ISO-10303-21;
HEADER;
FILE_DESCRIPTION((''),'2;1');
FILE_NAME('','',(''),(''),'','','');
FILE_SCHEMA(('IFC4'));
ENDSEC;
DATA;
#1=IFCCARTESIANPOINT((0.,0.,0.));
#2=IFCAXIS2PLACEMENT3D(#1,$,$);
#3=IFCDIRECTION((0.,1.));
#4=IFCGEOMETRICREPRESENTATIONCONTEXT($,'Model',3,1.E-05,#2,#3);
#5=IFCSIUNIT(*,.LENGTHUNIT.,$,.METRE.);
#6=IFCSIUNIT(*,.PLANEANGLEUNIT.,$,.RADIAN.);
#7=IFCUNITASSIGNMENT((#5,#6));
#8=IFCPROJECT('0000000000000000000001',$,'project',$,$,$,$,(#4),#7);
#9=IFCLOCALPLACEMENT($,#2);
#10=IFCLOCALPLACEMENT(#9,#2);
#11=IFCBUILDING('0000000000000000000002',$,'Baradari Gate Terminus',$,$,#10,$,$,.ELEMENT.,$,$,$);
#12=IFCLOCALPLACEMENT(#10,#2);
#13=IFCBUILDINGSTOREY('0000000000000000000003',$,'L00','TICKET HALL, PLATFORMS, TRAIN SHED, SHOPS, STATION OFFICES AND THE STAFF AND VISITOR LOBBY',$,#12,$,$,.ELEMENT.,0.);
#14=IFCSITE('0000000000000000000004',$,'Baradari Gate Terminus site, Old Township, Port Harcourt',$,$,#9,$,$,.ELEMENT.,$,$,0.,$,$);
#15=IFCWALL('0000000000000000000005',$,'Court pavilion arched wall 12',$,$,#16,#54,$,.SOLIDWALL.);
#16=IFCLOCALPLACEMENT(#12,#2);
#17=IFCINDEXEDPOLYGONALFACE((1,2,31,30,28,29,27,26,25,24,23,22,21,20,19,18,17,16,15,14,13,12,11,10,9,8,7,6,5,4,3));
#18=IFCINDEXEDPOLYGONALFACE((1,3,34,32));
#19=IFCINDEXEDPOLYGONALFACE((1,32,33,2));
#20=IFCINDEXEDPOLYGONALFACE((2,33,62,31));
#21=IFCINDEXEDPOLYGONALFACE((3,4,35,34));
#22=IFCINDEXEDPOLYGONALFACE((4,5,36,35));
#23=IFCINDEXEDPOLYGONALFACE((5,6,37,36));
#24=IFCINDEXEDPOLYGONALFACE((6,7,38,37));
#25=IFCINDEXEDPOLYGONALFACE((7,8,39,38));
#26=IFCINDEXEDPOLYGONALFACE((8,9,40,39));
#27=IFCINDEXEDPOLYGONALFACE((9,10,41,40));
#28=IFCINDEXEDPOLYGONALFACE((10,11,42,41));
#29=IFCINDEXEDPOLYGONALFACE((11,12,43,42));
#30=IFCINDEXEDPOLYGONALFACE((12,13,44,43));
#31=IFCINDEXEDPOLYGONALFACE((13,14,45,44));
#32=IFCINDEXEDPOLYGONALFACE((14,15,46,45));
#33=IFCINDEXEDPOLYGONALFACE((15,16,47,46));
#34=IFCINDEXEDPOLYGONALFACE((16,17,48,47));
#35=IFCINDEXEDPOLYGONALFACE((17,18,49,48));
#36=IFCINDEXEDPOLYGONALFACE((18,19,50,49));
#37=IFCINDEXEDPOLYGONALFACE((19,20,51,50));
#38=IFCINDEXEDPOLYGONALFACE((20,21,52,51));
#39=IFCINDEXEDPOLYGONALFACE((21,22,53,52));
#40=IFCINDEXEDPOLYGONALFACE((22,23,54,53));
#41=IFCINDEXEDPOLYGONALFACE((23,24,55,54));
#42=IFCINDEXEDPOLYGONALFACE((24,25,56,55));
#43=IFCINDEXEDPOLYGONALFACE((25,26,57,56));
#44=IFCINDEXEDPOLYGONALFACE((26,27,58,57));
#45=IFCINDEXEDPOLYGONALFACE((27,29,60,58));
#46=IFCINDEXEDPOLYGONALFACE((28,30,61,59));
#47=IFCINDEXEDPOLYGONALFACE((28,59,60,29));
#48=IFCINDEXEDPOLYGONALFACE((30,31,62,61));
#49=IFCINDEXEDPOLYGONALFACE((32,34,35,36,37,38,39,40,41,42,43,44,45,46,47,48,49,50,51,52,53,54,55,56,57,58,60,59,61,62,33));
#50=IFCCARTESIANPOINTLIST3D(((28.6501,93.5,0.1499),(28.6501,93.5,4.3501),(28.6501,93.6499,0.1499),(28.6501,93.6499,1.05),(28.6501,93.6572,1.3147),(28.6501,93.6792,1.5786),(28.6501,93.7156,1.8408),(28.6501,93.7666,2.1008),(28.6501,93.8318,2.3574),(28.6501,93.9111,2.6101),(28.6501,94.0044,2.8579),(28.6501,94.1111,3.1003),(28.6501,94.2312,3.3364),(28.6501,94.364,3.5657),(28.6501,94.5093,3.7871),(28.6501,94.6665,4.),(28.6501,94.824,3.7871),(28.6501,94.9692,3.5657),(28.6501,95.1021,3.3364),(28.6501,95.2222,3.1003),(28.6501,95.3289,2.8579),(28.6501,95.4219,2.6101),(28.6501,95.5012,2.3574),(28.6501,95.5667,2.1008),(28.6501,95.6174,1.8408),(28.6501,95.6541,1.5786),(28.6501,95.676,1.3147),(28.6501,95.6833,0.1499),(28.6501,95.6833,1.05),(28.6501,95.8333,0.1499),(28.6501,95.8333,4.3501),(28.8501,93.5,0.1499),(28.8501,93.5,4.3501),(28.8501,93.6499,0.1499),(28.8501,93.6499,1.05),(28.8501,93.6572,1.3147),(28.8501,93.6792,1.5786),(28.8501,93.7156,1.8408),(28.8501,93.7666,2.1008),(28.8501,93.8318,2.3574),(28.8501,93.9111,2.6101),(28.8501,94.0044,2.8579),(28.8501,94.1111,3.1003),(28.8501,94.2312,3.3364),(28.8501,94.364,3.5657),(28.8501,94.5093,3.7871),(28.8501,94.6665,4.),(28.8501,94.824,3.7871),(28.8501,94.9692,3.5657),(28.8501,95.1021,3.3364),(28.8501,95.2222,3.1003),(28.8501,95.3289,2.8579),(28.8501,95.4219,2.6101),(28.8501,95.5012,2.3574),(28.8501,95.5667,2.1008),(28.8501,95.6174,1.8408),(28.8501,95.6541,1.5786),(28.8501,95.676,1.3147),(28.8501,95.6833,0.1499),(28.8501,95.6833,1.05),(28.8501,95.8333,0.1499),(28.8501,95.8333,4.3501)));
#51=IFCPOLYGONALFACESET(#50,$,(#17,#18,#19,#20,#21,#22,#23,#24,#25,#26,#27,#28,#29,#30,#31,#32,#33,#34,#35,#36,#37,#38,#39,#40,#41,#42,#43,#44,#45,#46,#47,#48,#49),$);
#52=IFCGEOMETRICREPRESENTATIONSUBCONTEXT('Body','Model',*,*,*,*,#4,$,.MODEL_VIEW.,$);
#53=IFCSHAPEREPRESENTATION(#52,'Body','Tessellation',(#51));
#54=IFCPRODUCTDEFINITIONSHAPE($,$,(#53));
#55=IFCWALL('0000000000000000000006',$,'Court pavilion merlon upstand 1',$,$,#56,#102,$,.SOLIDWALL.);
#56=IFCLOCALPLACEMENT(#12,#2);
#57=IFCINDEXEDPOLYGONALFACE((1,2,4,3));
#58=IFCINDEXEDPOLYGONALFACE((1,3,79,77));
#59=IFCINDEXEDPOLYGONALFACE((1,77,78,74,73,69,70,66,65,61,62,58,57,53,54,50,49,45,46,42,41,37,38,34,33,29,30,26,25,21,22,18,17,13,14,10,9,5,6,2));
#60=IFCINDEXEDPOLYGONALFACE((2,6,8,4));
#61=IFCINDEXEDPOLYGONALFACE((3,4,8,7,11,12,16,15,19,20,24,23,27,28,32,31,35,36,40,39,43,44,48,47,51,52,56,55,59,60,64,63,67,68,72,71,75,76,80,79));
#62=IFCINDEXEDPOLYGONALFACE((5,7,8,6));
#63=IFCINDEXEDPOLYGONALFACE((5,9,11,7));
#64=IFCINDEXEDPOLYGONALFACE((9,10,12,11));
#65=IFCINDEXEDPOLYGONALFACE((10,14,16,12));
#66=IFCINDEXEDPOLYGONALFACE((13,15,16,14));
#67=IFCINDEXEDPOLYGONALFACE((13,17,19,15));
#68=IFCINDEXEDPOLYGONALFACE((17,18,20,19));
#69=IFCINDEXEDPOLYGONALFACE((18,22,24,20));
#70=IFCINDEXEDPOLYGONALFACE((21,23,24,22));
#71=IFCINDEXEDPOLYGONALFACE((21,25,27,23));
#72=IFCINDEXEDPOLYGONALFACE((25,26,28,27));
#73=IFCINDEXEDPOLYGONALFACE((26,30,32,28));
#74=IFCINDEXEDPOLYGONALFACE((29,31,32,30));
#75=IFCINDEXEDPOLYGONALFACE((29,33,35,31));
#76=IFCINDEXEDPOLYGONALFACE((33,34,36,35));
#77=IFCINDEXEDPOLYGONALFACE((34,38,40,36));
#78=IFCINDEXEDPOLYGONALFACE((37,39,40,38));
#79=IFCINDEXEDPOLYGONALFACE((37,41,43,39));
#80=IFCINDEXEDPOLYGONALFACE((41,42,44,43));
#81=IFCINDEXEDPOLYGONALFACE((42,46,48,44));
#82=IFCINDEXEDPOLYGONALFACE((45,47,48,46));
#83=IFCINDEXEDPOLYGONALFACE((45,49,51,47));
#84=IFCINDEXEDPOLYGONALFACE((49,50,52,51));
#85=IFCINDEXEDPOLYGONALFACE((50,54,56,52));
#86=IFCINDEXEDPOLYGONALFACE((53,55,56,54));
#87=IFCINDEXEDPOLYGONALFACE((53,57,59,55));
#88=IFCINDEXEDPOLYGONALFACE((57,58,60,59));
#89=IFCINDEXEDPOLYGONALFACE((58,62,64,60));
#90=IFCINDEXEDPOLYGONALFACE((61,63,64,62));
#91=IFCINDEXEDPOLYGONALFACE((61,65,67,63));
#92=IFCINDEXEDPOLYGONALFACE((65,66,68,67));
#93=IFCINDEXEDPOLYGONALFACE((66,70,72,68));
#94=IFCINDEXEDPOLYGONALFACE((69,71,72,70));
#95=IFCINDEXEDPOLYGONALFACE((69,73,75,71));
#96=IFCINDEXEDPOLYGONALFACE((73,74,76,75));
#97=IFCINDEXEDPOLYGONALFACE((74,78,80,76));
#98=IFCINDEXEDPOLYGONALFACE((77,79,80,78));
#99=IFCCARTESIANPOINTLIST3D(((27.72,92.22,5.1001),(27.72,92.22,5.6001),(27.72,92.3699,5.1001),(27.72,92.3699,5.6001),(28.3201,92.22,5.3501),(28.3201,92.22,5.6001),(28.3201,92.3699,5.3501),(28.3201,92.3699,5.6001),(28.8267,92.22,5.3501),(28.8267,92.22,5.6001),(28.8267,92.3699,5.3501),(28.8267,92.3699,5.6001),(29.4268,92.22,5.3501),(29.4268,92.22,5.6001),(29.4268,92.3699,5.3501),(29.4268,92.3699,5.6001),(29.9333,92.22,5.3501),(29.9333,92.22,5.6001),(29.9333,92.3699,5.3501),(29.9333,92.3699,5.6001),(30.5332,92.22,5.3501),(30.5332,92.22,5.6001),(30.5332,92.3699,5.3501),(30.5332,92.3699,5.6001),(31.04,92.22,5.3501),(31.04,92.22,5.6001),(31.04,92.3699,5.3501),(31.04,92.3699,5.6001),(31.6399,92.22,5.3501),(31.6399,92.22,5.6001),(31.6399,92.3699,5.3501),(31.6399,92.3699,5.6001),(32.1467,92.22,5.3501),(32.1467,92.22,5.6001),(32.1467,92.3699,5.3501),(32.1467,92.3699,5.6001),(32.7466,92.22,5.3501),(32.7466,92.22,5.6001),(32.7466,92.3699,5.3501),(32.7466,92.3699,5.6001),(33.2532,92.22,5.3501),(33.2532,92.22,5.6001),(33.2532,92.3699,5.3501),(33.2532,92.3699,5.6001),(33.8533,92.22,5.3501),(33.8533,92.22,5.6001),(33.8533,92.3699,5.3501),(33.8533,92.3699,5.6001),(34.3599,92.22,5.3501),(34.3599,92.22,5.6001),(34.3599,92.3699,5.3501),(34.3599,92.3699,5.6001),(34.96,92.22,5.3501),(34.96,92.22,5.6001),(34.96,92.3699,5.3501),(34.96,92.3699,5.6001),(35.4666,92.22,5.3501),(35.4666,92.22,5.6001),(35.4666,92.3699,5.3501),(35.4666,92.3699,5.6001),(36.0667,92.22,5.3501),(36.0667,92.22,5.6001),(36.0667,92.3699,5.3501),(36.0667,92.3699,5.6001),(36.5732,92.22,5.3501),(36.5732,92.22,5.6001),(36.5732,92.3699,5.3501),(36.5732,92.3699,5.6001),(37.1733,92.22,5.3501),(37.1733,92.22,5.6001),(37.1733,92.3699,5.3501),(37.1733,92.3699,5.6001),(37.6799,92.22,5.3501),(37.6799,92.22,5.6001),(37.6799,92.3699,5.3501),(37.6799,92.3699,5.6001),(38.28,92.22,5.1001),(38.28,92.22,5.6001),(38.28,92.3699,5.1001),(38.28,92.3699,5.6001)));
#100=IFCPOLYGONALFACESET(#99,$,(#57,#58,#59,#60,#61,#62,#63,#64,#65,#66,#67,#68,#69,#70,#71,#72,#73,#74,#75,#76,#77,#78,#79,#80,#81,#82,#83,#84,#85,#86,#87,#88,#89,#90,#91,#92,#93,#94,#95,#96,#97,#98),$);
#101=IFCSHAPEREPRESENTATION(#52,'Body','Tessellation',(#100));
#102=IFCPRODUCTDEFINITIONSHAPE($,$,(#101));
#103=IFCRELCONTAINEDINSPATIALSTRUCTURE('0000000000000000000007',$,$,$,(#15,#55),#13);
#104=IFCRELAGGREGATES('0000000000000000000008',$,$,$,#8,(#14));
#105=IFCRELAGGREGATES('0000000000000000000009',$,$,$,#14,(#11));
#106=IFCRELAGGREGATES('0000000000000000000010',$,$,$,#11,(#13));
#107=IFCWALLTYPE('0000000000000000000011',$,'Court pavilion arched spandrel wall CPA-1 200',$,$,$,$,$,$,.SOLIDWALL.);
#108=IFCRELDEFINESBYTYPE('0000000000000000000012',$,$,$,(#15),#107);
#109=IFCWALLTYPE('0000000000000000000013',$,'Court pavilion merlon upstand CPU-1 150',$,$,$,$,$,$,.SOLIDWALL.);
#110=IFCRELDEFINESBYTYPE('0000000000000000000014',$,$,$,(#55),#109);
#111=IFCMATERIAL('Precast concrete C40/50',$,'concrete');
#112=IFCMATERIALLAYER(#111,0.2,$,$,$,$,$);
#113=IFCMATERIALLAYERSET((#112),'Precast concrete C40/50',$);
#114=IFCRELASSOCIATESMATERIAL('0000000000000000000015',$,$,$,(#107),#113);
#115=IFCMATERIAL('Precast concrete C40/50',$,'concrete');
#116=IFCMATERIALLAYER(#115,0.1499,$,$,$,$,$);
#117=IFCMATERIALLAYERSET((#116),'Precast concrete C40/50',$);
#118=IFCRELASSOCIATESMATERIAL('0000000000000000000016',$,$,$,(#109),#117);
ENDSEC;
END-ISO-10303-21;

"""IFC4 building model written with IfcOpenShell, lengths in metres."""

from ifc_helpers import new_model, si_unit, direction, frame, origin, place, context, subcontext, project, spatial, polyline, outline, extrude, material, layer, layer_set, type_object, element, save


model = new_model("IFC4")

# Units and contexts
model_context = context("Model", 3, precision=1e-05, world=origin(), true_north=direction((0.0, 1.0)))
body_context = subcontext(model_context, "Body", "Model", "MODEL_VIEW")
ifc_project = project(units=[si_unit("LENGTHUNIT", "METRE"), si_unit("PLANEANGLEUNIT", "RADIAN")], contexts=[model_context])

# Site, building, storey
site_placement = place(None, origin())
site = spatial("IfcSite", under=ifc_project, at=site_placement, Name="Baradari Gate Terminus site, Old Township, Port Harcourt", CompositionType="ELEMENT", RefElevation=0.0)
building_placement = place(site_placement, origin())
building = spatial("IfcBuilding", under=site, at=building_placement, Name="Baradari Gate Terminus", CompositionType="ELEMENT")
storey_placement = place(building_placement, origin())
storey = spatial("IfcBuildingStorey", under=building, at=storey_placement, Name="L00", Description="TICKET HALL, PLATFORMS, TRAIN SHED, SHOPS, STATION OFFICES AND THE STAFF AND VISITOR LOBBY", CompositionType="ELEMENT", Elevation=0.0)

# Walls
ifc_material_1 = material(Name="Precast concrete C40/50", Category="concrete")
ifc_layer_1 = layer(ifc_material_1, 0.2)
ifc_layer_set_1 = layer_set([ifc_layer_1], Name="Precast concrete C40/50")
wall_type_1 = type_object("IfcWallType", Name="Court pavilion arched spandrel wall CPA-1 200", PredefinedType="SOLIDWALL", material=ifc_layer_set_1)
for number, where, z_axis, x_axis, name in (
    (1, (28.75, 95.8333, 0.1499), (0.0, 0.0, 1.0), (0.0, -1.0, 0.0), "Court pavilion arched wall 12"),
):
    element("IfcWall", number, at=place(storey_placement, frame(where, z_axis=z_axis, x_axis=x_axis)), inside=storey, type_object=wall_type_1, Name=name, PredefinedType="SOLIDWALL", context=body_context, shape_type="SweptSolid", body=[
        extrude(outline(polyline([(0.1499, 0.0), (0.1499, 0.9001), (0.1572, 1.1648), (0.1792, 1.4287), (0.2158, 1.6909), (0.2666, 1.9509), (0.332, 2.2075), (0.4114, 2.4602), (0.5044, 2.708), (0.6111, 2.9504), (0.7312, 3.1865), (0.864, 3.4158), (1.0093, 3.6372), (1.1667, 3.8501), (1.324, 3.6372), (1.4692, 3.4158), (1.6021, 3.1865), (1.7222, 2.9504), (1.8289, 2.708), (1.9221, 2.4602), (2.0015, 2.2075), (2.0667, 1.9509), (2.1177, 1.6909), (2.1541, 1.4287), (2.176, 1.1648), (2.1833, 0.9001), (2.1833, 0.0), (2.3333, 0.0), (2.3333, 4.2002), (0.0, 4.2002), (0.0, 0.0), (0.1499, 0.0)])), frame((0.0, 0.1001, 0.0), z_axis=(0.0, -1.0, 0.0), x_axis=(1.0, 0.0, 0.0)), (0.0, 0.0, 1.0), 0.2),
    ])
ifc_material_2 = material(Name="Precast concrete C40/50", Category="concrete")
ifc_layer_2 = layer(ifc_material_2, 0.1499)
ifc_layer_set_2 = layer_set([ifc_layer_2], Name="Precast concrete C40/50")
wall_type_2 = type_object("IfcWallType", Name="Court pavilion merlon upstand CPU-1 150", PredefinedType="SOLIDWALL", material=ifc_layer_set_2)
wall_placement = place(storey_placement, frame((27.72, 92.2949, 5.1001), z_axis=(0.0, 0.0, 1.0), x_axis=(1.0, 0.0, 0.0)))
element("IfcWall", 2, at=wall_placement, inside=storey, type_object=wall_type_2, Name="Court pavilion merlon upstand 1", PredefinedType="SOLIDWALL", context=body_context, shape_type="SweptSolid", body=[
    extrude(outline(polyline([(0.0, 0.0), (10.5601, 0.0), (10.5601, 0.5), (9.96, 0.5), (9.96, 0.25), (9.4534, 0.25), (9.4534, 0.5), (8.8533, 0.5), (8.8533, 0.25), (8.3467, 0.25), (8.3467, 0.5), (7.7466, 0.5), (7.7466, 0.25), (7.24, 0.25), (7.24, 0.5), (6.6399, 0.5), (6.6399, 0.25), (6.1333, 0.25), (6.1333, 0.5), (5.5332, 0.5), (5.5332, 0.25), (5.0266, 0.25), (5.0266, 0.5), (4.4268, 0.5), (4.4268, 0.25), (3.9199, 0.25), (3.9199, 0.5), (3.3201, 0.5), (3.3201, 0.25), (2.8132, 0.25), (2.8132, 0.5), (2.2134, 0.5), (2.2134, 0.25), (1.7068, 0.25), (1.7068, 0.5), (1.1067, 0.5), (1.1067, 0.25), (0.6001, 0.25), (0.6001, 0.5), (0.0, 0.5), (0.0, 0.0)])), frame((0.0, 0.075, 0.0), z_axis=(0.0, -1.0, 0.0), x_axis=(1.0, 0.0, 0.0)), (0.0, 0.0, 1.0), 0.1499),
])

save(model, "model.ifc")
